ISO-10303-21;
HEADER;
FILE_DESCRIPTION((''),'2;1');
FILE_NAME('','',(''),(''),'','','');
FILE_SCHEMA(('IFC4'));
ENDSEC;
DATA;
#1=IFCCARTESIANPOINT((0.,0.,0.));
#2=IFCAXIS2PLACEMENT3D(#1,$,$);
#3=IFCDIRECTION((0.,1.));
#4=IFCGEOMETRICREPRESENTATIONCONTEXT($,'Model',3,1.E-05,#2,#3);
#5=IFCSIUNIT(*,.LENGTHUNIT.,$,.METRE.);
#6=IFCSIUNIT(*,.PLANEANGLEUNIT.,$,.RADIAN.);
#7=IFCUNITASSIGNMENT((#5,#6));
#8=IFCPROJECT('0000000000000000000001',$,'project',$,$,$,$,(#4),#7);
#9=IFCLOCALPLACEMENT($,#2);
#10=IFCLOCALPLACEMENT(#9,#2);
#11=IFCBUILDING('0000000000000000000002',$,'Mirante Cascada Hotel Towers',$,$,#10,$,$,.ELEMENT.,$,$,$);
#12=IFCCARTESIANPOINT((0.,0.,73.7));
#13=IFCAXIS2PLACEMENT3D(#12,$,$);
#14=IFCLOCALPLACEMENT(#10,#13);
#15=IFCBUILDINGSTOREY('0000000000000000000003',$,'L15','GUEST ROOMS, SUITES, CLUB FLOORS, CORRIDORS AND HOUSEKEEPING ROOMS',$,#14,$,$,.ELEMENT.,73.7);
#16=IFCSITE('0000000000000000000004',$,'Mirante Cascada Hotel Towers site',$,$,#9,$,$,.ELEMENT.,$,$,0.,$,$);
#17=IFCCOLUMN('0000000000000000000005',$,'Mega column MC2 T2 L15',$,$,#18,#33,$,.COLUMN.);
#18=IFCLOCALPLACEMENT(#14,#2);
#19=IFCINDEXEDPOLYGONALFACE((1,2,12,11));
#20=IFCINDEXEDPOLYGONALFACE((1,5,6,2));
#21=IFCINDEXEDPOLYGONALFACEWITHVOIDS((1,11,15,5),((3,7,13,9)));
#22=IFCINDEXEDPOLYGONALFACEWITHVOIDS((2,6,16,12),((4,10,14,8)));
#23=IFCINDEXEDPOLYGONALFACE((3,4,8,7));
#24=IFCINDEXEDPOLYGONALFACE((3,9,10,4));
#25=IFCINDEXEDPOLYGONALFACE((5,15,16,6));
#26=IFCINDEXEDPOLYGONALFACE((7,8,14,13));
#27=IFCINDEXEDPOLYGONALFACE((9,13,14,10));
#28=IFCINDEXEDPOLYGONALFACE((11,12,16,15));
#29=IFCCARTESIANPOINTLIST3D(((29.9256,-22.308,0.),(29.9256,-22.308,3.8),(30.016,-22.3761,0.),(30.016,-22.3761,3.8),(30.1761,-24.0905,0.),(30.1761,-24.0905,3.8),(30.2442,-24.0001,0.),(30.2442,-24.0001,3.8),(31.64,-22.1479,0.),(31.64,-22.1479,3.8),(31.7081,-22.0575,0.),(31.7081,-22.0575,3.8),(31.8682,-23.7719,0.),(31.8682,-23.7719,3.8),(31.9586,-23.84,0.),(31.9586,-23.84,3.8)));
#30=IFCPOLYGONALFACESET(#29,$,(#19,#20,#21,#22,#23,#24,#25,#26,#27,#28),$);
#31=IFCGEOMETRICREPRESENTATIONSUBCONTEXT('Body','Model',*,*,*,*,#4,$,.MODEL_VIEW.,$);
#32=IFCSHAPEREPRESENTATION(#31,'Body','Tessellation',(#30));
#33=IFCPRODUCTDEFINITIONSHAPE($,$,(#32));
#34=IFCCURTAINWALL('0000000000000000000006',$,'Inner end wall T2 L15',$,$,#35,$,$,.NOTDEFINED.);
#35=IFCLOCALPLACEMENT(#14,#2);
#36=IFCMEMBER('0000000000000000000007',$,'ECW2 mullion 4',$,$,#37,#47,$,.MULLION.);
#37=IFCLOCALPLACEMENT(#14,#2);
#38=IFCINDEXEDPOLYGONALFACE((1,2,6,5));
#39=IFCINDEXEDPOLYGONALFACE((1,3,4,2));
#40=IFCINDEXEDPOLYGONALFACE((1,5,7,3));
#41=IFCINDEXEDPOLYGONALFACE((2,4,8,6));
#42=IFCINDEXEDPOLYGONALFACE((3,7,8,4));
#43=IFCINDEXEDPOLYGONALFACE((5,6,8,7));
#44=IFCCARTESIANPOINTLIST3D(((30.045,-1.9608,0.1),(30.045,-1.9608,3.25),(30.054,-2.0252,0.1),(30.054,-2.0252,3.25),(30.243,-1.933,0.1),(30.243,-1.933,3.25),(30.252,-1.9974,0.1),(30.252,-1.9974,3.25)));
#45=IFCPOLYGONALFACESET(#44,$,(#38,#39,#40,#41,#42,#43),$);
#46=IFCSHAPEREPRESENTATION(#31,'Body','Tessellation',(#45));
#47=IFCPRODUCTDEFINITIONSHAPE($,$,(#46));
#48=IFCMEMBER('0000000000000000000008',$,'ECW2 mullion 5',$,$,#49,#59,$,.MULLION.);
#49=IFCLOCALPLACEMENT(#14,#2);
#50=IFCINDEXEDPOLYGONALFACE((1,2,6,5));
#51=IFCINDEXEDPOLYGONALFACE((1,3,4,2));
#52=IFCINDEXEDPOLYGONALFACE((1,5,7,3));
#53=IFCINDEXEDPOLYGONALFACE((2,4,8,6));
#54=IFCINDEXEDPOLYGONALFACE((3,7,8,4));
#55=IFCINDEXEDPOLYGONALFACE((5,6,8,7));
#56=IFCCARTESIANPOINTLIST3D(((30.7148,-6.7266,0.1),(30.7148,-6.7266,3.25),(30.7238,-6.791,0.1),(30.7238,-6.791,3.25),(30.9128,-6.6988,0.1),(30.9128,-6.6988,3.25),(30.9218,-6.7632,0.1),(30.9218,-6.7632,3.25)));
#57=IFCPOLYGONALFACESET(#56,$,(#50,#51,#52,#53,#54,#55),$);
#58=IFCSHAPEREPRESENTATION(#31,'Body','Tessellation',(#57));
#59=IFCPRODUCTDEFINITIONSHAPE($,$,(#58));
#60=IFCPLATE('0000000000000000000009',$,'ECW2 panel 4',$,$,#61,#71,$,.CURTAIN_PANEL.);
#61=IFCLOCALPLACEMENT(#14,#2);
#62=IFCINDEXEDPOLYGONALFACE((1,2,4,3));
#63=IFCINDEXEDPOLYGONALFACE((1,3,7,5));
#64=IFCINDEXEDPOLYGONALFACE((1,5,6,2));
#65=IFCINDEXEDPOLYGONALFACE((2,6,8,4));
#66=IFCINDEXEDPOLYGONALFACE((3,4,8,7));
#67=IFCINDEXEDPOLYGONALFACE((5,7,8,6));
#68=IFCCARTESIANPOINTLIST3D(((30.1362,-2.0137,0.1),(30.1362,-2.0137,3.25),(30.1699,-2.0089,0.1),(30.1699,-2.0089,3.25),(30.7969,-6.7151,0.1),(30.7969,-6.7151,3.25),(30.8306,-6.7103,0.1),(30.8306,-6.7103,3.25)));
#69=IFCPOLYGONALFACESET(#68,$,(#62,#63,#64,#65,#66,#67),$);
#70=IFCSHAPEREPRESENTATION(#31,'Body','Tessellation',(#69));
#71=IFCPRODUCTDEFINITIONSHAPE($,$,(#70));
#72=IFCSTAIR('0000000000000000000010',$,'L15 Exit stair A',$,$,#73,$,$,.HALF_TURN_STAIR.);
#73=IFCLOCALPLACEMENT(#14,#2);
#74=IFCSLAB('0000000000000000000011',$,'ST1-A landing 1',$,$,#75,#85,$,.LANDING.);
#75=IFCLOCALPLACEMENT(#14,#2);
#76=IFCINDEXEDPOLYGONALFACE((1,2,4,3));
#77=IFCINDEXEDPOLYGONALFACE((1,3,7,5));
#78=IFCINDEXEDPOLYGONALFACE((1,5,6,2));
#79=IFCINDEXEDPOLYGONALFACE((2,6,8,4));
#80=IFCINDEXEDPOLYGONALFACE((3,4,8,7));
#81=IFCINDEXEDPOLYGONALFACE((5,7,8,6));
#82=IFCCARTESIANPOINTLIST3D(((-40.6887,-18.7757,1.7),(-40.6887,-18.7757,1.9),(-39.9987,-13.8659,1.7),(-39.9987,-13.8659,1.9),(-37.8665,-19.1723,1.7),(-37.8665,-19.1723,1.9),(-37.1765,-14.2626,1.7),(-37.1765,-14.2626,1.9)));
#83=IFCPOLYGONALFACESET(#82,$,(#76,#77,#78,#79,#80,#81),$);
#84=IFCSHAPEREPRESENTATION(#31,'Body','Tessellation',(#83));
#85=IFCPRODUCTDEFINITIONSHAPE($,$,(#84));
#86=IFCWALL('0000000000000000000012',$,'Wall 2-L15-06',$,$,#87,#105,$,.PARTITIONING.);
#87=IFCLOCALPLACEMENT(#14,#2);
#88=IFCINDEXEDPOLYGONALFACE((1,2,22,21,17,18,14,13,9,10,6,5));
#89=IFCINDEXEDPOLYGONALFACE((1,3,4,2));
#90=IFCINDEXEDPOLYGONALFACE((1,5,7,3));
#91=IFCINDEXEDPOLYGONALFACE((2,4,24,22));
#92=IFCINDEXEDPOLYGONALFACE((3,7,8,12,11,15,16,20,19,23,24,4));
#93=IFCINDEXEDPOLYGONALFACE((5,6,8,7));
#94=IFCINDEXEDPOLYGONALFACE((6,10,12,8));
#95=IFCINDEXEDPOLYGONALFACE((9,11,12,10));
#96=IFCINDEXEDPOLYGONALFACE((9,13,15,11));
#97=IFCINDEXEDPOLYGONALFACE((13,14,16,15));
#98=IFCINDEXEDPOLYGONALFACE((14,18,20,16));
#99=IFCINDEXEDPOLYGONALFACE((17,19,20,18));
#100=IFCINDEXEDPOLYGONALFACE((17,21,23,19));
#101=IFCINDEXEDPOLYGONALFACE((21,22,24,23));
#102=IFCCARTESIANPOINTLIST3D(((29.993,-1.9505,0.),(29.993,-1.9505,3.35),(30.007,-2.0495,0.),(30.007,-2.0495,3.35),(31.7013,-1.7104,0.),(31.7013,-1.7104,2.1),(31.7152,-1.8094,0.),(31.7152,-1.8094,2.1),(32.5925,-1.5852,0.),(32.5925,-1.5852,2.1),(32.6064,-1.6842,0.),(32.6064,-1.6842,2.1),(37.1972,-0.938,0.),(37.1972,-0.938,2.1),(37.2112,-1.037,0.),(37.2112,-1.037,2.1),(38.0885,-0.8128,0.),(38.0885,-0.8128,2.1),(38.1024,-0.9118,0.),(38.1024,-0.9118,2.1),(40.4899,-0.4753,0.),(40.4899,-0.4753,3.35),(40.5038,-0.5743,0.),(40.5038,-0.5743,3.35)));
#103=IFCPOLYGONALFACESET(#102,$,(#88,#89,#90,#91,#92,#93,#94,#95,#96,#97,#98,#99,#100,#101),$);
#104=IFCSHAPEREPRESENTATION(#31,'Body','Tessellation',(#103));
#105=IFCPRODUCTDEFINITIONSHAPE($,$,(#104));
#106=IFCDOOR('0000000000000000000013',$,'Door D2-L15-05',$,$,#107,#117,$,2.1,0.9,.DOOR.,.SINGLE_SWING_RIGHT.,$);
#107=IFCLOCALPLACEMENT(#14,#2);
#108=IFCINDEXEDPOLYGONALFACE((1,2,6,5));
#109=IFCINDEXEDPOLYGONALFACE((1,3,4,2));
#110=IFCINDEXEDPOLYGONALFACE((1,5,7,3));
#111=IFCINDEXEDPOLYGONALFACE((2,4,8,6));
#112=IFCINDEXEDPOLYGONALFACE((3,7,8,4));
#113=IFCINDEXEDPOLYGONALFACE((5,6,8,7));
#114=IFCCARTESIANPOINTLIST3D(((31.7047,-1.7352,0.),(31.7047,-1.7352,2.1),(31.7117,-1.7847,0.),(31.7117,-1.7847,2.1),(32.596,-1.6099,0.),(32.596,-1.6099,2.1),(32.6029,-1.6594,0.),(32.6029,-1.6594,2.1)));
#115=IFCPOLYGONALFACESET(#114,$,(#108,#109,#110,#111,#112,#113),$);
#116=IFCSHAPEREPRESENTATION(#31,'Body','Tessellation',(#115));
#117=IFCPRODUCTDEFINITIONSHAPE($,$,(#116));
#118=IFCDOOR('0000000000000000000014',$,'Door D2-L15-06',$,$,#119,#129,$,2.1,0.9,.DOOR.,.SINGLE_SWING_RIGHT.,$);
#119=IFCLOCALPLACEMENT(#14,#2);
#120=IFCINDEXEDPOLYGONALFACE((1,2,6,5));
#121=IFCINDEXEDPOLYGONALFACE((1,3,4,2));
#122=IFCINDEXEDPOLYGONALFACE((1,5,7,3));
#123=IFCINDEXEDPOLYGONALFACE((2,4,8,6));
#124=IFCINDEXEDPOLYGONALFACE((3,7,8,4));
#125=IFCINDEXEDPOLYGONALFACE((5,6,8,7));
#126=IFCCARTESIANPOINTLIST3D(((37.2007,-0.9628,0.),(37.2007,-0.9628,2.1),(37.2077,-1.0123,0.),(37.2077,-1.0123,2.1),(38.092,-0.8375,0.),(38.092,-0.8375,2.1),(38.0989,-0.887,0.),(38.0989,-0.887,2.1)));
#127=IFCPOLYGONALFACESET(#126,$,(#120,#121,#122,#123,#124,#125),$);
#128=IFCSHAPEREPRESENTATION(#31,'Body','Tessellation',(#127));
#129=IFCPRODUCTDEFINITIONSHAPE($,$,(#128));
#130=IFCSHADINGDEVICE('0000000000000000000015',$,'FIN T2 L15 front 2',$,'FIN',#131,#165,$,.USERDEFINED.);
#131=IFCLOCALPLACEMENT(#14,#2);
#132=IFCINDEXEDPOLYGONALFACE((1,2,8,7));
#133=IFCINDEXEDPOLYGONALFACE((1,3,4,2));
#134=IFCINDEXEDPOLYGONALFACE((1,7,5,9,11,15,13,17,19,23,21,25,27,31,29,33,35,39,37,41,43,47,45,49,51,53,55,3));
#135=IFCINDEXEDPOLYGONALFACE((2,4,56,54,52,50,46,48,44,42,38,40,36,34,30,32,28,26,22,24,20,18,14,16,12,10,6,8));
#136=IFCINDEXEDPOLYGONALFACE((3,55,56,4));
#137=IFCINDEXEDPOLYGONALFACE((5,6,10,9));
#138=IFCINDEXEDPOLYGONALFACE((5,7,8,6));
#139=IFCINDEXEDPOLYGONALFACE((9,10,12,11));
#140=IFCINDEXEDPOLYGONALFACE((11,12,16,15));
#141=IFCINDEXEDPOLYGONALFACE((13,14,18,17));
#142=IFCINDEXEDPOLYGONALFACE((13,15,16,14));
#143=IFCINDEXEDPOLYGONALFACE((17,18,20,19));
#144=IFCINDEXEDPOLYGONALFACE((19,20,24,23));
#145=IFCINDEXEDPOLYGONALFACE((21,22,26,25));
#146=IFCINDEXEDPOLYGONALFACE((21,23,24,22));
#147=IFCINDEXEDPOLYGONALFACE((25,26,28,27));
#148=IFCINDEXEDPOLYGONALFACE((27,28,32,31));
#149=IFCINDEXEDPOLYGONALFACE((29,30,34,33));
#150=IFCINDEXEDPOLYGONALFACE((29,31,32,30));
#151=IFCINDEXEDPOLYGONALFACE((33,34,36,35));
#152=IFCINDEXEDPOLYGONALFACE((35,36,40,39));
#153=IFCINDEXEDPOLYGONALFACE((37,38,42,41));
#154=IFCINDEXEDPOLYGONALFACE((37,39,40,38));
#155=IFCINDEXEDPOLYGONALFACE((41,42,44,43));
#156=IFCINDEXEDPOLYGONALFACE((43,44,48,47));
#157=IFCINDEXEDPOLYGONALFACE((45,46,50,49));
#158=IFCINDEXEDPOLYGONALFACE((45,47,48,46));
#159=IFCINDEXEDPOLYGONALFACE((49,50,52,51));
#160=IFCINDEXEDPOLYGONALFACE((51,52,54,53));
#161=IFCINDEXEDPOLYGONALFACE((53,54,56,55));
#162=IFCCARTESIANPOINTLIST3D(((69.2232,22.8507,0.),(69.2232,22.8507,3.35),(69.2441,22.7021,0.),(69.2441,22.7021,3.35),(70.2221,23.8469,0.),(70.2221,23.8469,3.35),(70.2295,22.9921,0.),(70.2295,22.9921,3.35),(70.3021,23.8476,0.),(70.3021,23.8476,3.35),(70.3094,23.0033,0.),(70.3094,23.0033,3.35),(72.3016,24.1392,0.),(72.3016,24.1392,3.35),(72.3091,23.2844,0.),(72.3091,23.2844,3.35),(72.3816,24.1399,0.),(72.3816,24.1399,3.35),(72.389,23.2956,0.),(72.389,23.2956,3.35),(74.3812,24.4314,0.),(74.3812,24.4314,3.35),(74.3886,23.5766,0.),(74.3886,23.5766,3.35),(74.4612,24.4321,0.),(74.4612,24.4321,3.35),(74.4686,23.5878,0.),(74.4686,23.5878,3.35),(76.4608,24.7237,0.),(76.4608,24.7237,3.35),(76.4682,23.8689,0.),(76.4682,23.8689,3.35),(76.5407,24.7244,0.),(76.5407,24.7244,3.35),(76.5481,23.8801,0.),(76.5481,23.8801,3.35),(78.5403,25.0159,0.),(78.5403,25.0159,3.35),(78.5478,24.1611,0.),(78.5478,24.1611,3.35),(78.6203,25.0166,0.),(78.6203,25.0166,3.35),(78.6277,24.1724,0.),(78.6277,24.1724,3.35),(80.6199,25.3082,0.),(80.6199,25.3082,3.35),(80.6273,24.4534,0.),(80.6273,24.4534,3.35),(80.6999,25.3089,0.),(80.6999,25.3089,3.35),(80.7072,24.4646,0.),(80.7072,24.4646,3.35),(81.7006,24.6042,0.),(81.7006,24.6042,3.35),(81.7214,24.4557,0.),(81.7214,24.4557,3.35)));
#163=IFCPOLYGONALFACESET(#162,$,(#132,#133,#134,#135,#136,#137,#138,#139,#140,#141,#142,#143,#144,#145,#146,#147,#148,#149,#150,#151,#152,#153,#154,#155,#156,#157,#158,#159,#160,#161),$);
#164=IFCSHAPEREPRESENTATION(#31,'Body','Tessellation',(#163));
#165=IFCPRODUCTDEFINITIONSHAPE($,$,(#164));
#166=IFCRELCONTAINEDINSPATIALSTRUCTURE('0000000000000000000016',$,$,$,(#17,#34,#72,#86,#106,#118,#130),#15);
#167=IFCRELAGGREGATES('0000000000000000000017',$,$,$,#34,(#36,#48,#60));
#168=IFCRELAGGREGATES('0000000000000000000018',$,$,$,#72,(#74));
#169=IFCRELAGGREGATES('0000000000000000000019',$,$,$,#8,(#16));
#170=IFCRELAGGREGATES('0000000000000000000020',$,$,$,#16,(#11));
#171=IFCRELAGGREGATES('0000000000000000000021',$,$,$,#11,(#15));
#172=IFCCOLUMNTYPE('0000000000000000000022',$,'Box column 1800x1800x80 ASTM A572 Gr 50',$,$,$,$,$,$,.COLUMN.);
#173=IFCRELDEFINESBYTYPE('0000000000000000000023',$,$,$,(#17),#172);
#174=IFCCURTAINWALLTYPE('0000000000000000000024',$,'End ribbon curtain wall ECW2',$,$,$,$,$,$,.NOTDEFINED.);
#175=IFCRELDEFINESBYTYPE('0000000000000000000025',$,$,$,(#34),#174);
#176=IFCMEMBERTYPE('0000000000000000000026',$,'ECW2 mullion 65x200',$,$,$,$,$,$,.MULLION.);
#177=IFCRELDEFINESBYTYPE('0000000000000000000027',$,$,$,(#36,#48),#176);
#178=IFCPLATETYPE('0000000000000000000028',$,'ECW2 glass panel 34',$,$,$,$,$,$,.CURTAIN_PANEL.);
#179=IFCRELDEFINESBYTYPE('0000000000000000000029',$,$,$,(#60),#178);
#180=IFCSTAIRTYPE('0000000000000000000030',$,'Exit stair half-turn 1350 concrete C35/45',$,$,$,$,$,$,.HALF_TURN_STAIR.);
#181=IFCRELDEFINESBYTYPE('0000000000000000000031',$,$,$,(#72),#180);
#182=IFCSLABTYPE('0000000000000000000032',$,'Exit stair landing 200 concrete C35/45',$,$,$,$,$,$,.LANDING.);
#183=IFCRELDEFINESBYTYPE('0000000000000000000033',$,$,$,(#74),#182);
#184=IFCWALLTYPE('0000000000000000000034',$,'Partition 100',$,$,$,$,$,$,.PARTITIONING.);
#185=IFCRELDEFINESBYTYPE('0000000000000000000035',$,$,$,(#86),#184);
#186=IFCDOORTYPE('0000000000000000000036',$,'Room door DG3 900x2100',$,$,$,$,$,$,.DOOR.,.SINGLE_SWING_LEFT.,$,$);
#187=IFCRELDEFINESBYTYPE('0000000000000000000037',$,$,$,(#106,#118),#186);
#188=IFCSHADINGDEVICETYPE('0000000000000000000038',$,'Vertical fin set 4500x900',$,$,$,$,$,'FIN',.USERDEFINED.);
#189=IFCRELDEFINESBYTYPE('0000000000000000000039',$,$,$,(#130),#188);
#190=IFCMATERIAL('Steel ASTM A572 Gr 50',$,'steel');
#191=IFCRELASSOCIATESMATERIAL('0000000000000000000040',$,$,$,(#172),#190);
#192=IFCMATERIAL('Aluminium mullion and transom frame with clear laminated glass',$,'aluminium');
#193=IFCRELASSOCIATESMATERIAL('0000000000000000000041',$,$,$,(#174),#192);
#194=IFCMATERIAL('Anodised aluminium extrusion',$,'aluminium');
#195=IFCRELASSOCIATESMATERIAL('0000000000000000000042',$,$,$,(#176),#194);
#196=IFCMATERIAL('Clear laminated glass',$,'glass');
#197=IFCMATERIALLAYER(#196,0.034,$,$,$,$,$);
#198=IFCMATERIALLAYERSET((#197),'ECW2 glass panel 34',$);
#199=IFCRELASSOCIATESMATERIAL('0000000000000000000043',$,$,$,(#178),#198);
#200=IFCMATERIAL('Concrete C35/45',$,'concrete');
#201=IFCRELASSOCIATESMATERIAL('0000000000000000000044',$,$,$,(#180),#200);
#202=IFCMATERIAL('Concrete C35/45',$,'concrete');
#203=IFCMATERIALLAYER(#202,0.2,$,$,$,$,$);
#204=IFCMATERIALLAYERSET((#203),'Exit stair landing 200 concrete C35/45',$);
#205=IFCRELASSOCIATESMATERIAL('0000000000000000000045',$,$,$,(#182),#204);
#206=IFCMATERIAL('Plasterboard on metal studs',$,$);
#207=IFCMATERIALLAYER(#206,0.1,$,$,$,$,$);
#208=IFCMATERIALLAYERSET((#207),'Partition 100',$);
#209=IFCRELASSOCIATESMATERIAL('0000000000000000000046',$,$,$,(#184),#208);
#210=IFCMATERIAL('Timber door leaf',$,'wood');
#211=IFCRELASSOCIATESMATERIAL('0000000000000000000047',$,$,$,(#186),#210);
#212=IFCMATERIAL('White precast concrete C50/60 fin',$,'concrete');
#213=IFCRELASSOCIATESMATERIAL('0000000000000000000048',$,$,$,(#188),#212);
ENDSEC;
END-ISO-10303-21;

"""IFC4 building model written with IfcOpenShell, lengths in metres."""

from ifc_helpers import new_model, si_unit, direction, frame, frame_2d, origin, origin_2d, place, context, subcontext, project, spatial, polyline, rectangle, hollow_rectangle, outline, extrude, material, layer, layer_set, material_profile, profile_set, type_object, element, fill, aggregate, save


model = new_model("IFC4")

# Units and contexts
model_context = context("Model", 3, precision=1e-05, world=origin(), true_north=direction((0.0, 1.0)))
body_context = subcontext(model_context, "Body", "Model", "MODEL_VIEW")
ifc_project = project(units=[si_unit("LENGTHUNIT", "METRE"), si_unit("PLANEANGLEUNIT", "RADIAN")], contexts=[model_context])

# Site, building, storey
site_placement = place(None, origin())
site = spatial("IfcSite", under=ifc_project, at=site_placement, Name="Mirante Cascada Hotel Towers site", CompositionType="ELEMENT", RefElevation=0.0)
building_placement = place(site_placement, origin())
building = spatial("IfcBuilding", under=site, at=building_placement, Name="Mirante Cascada Hotel Towers", CompositionType="ELEMENT")
storey_placement = place(building_placement, frame((0.0, 0.0, 73.7)))
storey = spatial("IfcBuildingStorey", under=building, at=storey_placement, Name="L15", Description="GUEST ROOMS, SUITES, CLUB FLOORS, CORRIDORS AND HOUSEKEEPING ROOMS", CompositionType="ELEMENT", Elevation=73.7)

# Column
ifc_material_1 = material(Name="Steel ASTM A572 Gr 50", Category="steel")
ifc_material_profile_1 = material_profile(ifc_material_1, hollow_rectangle(XDim=1.8, YDim=1.8, WallThickness=0.08, at=origin_2d()), Name="Box column 1800x1800x80 ASTM A572 Gr 50")
ifc_profile_set_1 = profile_set([ifc_material_profile_1], Name="Steel ASTM A572 Gr 50")
column_type = type_object("IfcColumnType", Name="Box column 1800x1800x80 ASTM A572 Gr 50", PredefinedType="COLUMN", material=ifc_profile_set_1)
column_placement = place(storey_placement, frame((30.9421, -23.074, 0.0), z_axis=(0.0, 0.0, 1.0), x_axis=(0.990268, 0.139173, 0.0)))
element("IfcColumn", 1, at=column_placement, inside=storey, type_object=column_type, Name="Mega column MC2 T2 L15", PredefinedType="COLUMN", context=body_context, shape_type="SweptSolid", body=[
    extrude(hollow_rectangle(XDim=1.8, YDim=1.8, WallThickness=0.08, at=origin_2d()), origin(), (0.0, 0.0, 1.0), 3.8),
])

# Curtain wall, members, plate
ifc_material_2 = material(Name="Aluminium mullion and transom frame with clear laminated glass", Category="aluminium")
curtain_wall_type = type_object("IfcCurtainWallType", Name="End ribbon curtain wall ECW2", PredefinedType="NOTDEFINED", material=ifc_material_2)
curtain_wall_placement = place(storey_placement, origin())
curtain_wall = element("IfcCurtainWall", 2, at=curtain_wall_placement, inside=storey, type_object=curtain_wall_type, Name="Inner end wall T2 L15", PredefinedType="NOTDEFINED")
ifc_material_3 = material(Name="Anodised aluminium extrusion", Category="aluminium")
ifc_material_profile_2 = material_profile(ifc_material_3, rectangle(XDim=0.2, YDim=0.065, at=origin_2d()), Name="ECW2 MULLION 65x200")
ifc_profile_set_2 = profile_set([ifc_material_profile_2], Name="Anodised aluminium extrusion")
member_type = type_object("IfcMemberType", Name="ECW2 mullion 65x200", PredefinedType="MULLION", material=ifc_profile_set_2)
member_1_placement = place(storey_placement, frame((30.1485, -1.9791, 0.1), z_axis=(0.0, 0.0, 1.0), x_axis=(0.990268, 0.139173, 0.0)))
member_1 = element("IfcMember", 3, at=member_1_placement, type_object=member_type, Name="ECW2 mullion 4", PredefinedType="MULLION", context=body_context, shape_type="SweptSolid", body=[
    extrude(rectangle(XDim=0.2, YDim=0.065, at=origin_2d()), origin(), (0.0, 0.0, 1.0), 3.15),
])
member_2_placement = place(storey_placement, frame((30.8183, -6.7449, 0.1), z_axis=(0.0, 0.0, 1.0), x_axis=(0.990268, 0.139173, 0.0)))
member_2 = element("IfcMember", 4, at=member_2_placement, type_object=member_type, Name="ECW2 mullion 5", PredefinedType="MULLION", context=body_context, shape_type="SweptSolid", body=[
    extrude(rectangle(XDim=0.2, YDim=0.065, at=origin_2d()), origin(), (0.0, 0.0, 1.0), 3.15),
])
ifc_material_4 = material(Name="Clear laminated glass", Category="glass")
ifc_layer_1 = layer(ifc_material_4, 0.034)
ifc_layer_set_1 = layer_set([ifc_layer_1], Name="ECW2 glass panel 34")
plate_type = type_object("IfcPlateType", Name="ECW2 glass panel 34", PredefinedType="CURTAIN_PANEL", material=ifc_layer_set_1)
plate_placement = place(storey_placement, frame((30.4834, -4.362, 0.1), z_axis=(0.0, 0.0, 1.0), x_axis=(0.139173, -0.990268, 0.0)))
plate = element("IfcPlate", 5, at=plate_placement, type_object=plate_type, Name="ECW2 panel 4", PredefinedType="CURTAIN_PANEL", context=body_context, shape_type="SweptSolid", body=[
    extrude(rectangle(XDim=4.7476, YDim=0.034, at=origin_2d()), origin(), (0.0, 0.0, 1.0), 3.15),
])
aggregate(curtain_wall, [member_1, member_2, plate])

# Stair, slab
ifc_material_5 = material(Name="Concrete C35/45", Category="concrete")
stair_type = type_object("IfcStairType", Name="Exit stair half-turn 1350 concrete C35/45", PredefinedType="HALF_TURN_STAIR", material=ifc_material_5)
stair_placement = place(storey_placement, origin())
stair = element("IfcStair", 6, at=stair_placement, inside=storey, type_object=stair_type, Name="L15 Exit stair A", PredefinedType="HALF_TURN_STAIR")
ifc_material_6 = material(Name="Concrete C35/45", Category="concrete")
ifc_layer_2 = layer(ifc_material_6, 0.2)
ifc_layer_set_2 = layer_set([ifc_layer_2], Name="Exit stair landing 200 concrete C35/45")
slab_type = type_object("IfcSlabType", Name="Exit stair landing 200 concrete C35/45", PredefinedType="LANDING", material=ifc_layer_set_2)
slab_placement = place(storey_placement, frame((0.0, 0.0, 1.7)))
slab = element("IfcSlab", 7, at=slab_placement, type_object=slab_type, Name="ST1-A landing 1", PredefinedType="LANDING", context=body_context, shape_type="SweptSolid", body=[
    extrude(outline(polyline([(-39.9987, -13.8659), (-40.6887, -18.7757), (-37.8665, -19.1723), (-37.1765, -14.2626), (-39.9987, -13.8659)])), origin(), (0.0, 0.0, 1.0), 0.2),
])
aggregate(stair, [slab])

# Wall, openings, doors
ifc_material_7 = material(Name="Plasterboard on metal studs")
ifc_layer_3 = layer(ifc_material_7, 0.1)
ifc_layer_set_3 = layer_set([ifc_layer_3], Name="Partition 100")
wall_type = type_object("IfcWallType", Name="Partition 100", PredefinedType="PARTITIONING", material=ifc_layer_set_3)
wall_placement = place(storey_placement, frame((30.0, -2.0, 0.0), z_axis=(0.0, 0.0, 1.0), x_axis=(0.990268, 0.13917, 0.0)))
wall = element("IfcWall", 8, at=wall_placement, inside=storey, type_object=wall_type, Name="Wall 2-L15-06", PredefinedType="PARTITIONING", context=body_context, shape_type="SweptSolid", body=[
    extrude(rectangle(XDim=10.6, YDim=0.1, at=frame_2d((5.3, 0.0))), origin(), (0.0, 0.0, 1.0), 3.35),
])
opening_1_placement = place(wall_placement, frame((1.725, 0.0, 0.0)))
opening_1 = element("IfcOpeningElement", 9, at=opening_1_placement, cuts=wall, PredefinedType="OPENING", context=body_context, shape_type="SweptSolid", body=[
    extrude(rectangle(XDim=0.9, YDim=2.1, at=frame_2d((0.45, 1.05))), frame((0.0, 0.05, 0.0), z_axis=(0.0, -1.0, 0.0), x_axis=(1.0, 0.0, 0.0)), (0.0, 0.0, 1.0), 0.1),
])
opening_2_placement = place(wall_placement, frame((7.275, 0.0, 0.0)))
opening_2 = element("IfcOpeningElement", 10, at=opening_2_placement, cuts=wall, PredefinedType="OPENING", context=body_context, shape_type="SweptSolid", body=[
    extrude(rectangle(XDim=0.9, YDim=2.1, at=frame_2d((0.45, 1.05))), frame((0.0, 0.05, 0.0), z_axis=(0.0, -1.0, 0.0), x_axis=(1.0, 0.0, 0.0)), (0.0, 0.0, 1.0), 0.1),
])
ifc_material_8 = material(Name="Timber door leaf", Category="wood")
door_type = type_object("IfcDoorType", Name="Room door DG3 900x2100", OperationType="SINGLE_SWING_LEFT", PredefinedType="DOOR", material=ifc_material_8)
door_1_placement = place(opening_1_placement, frame((0.9, 0.0, 0.0), z_axis=(0.0, 0.0, 1.0), x_axis=(-1.0, 0.0, 0.0)))
door_1 = element("IfcDoor", 11, at=door_1_placement, inside=storey, type_object=door_type, Name="Door D2-L15-05", OperationType="SINGLE_SWING_RIGHT", OverallHeight=2.1, OverallWidth=0.9, PredefinedType="DOOR", context=body_context, shape_type="SweptSolid", body=[
    extrude(rectangle(XDim=0.9, YDim=2.1, at=frame_2d((0.45, 1.05))), frame((0.0, 0.025, 0.0), z_axis=(0.0, -1.0, 0.0), x_axis=(1.0, 0.0, 0.0)), (0.0, 0.0, 1.0), 0.05),
])
fill(opening_1, door_1)
door_2_placement = place(opening_2_placement, frame((0.9, 0.0, 0.0), z_axis=(0.0, 0.0, 1.0), x_axis=(-1.0, 0.0, 0.0)))
door_2 = element("IfcDoor", 12, at=door_2_placement, inside=storey, type_object=door_type, Name="Door D2-L15-06", OperationType="SINGLE_SWING_RIGHT", OverallHeight=2.1, OverallWidth=0.9, PredefinedType="DOOR", context=body_context, shape_type="SweptSolid", body=[
    extrude(rectangle(XDim=0.9, YDim=2.1, at=frame_2d((0.45, 1.05))), frame((0.0, 0.025, 0.0), z_axis=(0.0, -1.0, 0.0), x_axis=(1.0, 0.0, 0.0)), (0.0, 0.0, 1.0), 0.05),
])
fill(opening_2, door_2)

# Shading device
ifc_material_9 = material(Name="White precast concrete C50/60 fin", Category="concrete")
shading_device_type = type_object("IfcShadingDeviceType", Name="Vertical fin set 4500x900", ElementType="FIN", PredefinedType="USERDEFINED", material=ifc_material_9)
shading_device_1_placement = place(storey_placement, origin())
element("IfcShadingDevice", 13, at=shading_device_1_placement, inside=storey, type_object=shading_device_type, Name="FIN T2 L15 front 2", ObjectType="FIN", PredefinedType="USERDEFINED", context=body_context, shape_type="SweptSolid", body=[
    extrude(outline(polyline([(70.3021, 23.8476), (70.3094, 23.0033), (72.3091, 23.2844), (72.3016, 24.1392), (72.3816, 24.1399), (72.389, 23.2956), (74.3886, 23.5766), (74.3812, 24.4314), (74.4612, 24.4321), (74.4686, 23.5878), (76.4682, 23.8689), (76.4608, 24.7237), (76.5407, 24.7244), (76.5481, 23.8801), (78.5478, 24.1611), (78.5403, 25.0159), (78.6203, 25.0166), (78.6277, 24.1724), (80.6273, 24.4534), (80.6199, 25.3082), (80.6999, 25.3089), (80.7072, 24.4646), (81.7006, 24.6042), (81.7214, 24.4557), (69.2441, 22.7021), (69.2232, 22.8507), (70.2295, 22.9921), (70.2221, 23.8469), (70.3021, 23.8476)])), origin(), (0.0, 0.0, 1.0), 3.35),
])

save(model, "model.ifc")
